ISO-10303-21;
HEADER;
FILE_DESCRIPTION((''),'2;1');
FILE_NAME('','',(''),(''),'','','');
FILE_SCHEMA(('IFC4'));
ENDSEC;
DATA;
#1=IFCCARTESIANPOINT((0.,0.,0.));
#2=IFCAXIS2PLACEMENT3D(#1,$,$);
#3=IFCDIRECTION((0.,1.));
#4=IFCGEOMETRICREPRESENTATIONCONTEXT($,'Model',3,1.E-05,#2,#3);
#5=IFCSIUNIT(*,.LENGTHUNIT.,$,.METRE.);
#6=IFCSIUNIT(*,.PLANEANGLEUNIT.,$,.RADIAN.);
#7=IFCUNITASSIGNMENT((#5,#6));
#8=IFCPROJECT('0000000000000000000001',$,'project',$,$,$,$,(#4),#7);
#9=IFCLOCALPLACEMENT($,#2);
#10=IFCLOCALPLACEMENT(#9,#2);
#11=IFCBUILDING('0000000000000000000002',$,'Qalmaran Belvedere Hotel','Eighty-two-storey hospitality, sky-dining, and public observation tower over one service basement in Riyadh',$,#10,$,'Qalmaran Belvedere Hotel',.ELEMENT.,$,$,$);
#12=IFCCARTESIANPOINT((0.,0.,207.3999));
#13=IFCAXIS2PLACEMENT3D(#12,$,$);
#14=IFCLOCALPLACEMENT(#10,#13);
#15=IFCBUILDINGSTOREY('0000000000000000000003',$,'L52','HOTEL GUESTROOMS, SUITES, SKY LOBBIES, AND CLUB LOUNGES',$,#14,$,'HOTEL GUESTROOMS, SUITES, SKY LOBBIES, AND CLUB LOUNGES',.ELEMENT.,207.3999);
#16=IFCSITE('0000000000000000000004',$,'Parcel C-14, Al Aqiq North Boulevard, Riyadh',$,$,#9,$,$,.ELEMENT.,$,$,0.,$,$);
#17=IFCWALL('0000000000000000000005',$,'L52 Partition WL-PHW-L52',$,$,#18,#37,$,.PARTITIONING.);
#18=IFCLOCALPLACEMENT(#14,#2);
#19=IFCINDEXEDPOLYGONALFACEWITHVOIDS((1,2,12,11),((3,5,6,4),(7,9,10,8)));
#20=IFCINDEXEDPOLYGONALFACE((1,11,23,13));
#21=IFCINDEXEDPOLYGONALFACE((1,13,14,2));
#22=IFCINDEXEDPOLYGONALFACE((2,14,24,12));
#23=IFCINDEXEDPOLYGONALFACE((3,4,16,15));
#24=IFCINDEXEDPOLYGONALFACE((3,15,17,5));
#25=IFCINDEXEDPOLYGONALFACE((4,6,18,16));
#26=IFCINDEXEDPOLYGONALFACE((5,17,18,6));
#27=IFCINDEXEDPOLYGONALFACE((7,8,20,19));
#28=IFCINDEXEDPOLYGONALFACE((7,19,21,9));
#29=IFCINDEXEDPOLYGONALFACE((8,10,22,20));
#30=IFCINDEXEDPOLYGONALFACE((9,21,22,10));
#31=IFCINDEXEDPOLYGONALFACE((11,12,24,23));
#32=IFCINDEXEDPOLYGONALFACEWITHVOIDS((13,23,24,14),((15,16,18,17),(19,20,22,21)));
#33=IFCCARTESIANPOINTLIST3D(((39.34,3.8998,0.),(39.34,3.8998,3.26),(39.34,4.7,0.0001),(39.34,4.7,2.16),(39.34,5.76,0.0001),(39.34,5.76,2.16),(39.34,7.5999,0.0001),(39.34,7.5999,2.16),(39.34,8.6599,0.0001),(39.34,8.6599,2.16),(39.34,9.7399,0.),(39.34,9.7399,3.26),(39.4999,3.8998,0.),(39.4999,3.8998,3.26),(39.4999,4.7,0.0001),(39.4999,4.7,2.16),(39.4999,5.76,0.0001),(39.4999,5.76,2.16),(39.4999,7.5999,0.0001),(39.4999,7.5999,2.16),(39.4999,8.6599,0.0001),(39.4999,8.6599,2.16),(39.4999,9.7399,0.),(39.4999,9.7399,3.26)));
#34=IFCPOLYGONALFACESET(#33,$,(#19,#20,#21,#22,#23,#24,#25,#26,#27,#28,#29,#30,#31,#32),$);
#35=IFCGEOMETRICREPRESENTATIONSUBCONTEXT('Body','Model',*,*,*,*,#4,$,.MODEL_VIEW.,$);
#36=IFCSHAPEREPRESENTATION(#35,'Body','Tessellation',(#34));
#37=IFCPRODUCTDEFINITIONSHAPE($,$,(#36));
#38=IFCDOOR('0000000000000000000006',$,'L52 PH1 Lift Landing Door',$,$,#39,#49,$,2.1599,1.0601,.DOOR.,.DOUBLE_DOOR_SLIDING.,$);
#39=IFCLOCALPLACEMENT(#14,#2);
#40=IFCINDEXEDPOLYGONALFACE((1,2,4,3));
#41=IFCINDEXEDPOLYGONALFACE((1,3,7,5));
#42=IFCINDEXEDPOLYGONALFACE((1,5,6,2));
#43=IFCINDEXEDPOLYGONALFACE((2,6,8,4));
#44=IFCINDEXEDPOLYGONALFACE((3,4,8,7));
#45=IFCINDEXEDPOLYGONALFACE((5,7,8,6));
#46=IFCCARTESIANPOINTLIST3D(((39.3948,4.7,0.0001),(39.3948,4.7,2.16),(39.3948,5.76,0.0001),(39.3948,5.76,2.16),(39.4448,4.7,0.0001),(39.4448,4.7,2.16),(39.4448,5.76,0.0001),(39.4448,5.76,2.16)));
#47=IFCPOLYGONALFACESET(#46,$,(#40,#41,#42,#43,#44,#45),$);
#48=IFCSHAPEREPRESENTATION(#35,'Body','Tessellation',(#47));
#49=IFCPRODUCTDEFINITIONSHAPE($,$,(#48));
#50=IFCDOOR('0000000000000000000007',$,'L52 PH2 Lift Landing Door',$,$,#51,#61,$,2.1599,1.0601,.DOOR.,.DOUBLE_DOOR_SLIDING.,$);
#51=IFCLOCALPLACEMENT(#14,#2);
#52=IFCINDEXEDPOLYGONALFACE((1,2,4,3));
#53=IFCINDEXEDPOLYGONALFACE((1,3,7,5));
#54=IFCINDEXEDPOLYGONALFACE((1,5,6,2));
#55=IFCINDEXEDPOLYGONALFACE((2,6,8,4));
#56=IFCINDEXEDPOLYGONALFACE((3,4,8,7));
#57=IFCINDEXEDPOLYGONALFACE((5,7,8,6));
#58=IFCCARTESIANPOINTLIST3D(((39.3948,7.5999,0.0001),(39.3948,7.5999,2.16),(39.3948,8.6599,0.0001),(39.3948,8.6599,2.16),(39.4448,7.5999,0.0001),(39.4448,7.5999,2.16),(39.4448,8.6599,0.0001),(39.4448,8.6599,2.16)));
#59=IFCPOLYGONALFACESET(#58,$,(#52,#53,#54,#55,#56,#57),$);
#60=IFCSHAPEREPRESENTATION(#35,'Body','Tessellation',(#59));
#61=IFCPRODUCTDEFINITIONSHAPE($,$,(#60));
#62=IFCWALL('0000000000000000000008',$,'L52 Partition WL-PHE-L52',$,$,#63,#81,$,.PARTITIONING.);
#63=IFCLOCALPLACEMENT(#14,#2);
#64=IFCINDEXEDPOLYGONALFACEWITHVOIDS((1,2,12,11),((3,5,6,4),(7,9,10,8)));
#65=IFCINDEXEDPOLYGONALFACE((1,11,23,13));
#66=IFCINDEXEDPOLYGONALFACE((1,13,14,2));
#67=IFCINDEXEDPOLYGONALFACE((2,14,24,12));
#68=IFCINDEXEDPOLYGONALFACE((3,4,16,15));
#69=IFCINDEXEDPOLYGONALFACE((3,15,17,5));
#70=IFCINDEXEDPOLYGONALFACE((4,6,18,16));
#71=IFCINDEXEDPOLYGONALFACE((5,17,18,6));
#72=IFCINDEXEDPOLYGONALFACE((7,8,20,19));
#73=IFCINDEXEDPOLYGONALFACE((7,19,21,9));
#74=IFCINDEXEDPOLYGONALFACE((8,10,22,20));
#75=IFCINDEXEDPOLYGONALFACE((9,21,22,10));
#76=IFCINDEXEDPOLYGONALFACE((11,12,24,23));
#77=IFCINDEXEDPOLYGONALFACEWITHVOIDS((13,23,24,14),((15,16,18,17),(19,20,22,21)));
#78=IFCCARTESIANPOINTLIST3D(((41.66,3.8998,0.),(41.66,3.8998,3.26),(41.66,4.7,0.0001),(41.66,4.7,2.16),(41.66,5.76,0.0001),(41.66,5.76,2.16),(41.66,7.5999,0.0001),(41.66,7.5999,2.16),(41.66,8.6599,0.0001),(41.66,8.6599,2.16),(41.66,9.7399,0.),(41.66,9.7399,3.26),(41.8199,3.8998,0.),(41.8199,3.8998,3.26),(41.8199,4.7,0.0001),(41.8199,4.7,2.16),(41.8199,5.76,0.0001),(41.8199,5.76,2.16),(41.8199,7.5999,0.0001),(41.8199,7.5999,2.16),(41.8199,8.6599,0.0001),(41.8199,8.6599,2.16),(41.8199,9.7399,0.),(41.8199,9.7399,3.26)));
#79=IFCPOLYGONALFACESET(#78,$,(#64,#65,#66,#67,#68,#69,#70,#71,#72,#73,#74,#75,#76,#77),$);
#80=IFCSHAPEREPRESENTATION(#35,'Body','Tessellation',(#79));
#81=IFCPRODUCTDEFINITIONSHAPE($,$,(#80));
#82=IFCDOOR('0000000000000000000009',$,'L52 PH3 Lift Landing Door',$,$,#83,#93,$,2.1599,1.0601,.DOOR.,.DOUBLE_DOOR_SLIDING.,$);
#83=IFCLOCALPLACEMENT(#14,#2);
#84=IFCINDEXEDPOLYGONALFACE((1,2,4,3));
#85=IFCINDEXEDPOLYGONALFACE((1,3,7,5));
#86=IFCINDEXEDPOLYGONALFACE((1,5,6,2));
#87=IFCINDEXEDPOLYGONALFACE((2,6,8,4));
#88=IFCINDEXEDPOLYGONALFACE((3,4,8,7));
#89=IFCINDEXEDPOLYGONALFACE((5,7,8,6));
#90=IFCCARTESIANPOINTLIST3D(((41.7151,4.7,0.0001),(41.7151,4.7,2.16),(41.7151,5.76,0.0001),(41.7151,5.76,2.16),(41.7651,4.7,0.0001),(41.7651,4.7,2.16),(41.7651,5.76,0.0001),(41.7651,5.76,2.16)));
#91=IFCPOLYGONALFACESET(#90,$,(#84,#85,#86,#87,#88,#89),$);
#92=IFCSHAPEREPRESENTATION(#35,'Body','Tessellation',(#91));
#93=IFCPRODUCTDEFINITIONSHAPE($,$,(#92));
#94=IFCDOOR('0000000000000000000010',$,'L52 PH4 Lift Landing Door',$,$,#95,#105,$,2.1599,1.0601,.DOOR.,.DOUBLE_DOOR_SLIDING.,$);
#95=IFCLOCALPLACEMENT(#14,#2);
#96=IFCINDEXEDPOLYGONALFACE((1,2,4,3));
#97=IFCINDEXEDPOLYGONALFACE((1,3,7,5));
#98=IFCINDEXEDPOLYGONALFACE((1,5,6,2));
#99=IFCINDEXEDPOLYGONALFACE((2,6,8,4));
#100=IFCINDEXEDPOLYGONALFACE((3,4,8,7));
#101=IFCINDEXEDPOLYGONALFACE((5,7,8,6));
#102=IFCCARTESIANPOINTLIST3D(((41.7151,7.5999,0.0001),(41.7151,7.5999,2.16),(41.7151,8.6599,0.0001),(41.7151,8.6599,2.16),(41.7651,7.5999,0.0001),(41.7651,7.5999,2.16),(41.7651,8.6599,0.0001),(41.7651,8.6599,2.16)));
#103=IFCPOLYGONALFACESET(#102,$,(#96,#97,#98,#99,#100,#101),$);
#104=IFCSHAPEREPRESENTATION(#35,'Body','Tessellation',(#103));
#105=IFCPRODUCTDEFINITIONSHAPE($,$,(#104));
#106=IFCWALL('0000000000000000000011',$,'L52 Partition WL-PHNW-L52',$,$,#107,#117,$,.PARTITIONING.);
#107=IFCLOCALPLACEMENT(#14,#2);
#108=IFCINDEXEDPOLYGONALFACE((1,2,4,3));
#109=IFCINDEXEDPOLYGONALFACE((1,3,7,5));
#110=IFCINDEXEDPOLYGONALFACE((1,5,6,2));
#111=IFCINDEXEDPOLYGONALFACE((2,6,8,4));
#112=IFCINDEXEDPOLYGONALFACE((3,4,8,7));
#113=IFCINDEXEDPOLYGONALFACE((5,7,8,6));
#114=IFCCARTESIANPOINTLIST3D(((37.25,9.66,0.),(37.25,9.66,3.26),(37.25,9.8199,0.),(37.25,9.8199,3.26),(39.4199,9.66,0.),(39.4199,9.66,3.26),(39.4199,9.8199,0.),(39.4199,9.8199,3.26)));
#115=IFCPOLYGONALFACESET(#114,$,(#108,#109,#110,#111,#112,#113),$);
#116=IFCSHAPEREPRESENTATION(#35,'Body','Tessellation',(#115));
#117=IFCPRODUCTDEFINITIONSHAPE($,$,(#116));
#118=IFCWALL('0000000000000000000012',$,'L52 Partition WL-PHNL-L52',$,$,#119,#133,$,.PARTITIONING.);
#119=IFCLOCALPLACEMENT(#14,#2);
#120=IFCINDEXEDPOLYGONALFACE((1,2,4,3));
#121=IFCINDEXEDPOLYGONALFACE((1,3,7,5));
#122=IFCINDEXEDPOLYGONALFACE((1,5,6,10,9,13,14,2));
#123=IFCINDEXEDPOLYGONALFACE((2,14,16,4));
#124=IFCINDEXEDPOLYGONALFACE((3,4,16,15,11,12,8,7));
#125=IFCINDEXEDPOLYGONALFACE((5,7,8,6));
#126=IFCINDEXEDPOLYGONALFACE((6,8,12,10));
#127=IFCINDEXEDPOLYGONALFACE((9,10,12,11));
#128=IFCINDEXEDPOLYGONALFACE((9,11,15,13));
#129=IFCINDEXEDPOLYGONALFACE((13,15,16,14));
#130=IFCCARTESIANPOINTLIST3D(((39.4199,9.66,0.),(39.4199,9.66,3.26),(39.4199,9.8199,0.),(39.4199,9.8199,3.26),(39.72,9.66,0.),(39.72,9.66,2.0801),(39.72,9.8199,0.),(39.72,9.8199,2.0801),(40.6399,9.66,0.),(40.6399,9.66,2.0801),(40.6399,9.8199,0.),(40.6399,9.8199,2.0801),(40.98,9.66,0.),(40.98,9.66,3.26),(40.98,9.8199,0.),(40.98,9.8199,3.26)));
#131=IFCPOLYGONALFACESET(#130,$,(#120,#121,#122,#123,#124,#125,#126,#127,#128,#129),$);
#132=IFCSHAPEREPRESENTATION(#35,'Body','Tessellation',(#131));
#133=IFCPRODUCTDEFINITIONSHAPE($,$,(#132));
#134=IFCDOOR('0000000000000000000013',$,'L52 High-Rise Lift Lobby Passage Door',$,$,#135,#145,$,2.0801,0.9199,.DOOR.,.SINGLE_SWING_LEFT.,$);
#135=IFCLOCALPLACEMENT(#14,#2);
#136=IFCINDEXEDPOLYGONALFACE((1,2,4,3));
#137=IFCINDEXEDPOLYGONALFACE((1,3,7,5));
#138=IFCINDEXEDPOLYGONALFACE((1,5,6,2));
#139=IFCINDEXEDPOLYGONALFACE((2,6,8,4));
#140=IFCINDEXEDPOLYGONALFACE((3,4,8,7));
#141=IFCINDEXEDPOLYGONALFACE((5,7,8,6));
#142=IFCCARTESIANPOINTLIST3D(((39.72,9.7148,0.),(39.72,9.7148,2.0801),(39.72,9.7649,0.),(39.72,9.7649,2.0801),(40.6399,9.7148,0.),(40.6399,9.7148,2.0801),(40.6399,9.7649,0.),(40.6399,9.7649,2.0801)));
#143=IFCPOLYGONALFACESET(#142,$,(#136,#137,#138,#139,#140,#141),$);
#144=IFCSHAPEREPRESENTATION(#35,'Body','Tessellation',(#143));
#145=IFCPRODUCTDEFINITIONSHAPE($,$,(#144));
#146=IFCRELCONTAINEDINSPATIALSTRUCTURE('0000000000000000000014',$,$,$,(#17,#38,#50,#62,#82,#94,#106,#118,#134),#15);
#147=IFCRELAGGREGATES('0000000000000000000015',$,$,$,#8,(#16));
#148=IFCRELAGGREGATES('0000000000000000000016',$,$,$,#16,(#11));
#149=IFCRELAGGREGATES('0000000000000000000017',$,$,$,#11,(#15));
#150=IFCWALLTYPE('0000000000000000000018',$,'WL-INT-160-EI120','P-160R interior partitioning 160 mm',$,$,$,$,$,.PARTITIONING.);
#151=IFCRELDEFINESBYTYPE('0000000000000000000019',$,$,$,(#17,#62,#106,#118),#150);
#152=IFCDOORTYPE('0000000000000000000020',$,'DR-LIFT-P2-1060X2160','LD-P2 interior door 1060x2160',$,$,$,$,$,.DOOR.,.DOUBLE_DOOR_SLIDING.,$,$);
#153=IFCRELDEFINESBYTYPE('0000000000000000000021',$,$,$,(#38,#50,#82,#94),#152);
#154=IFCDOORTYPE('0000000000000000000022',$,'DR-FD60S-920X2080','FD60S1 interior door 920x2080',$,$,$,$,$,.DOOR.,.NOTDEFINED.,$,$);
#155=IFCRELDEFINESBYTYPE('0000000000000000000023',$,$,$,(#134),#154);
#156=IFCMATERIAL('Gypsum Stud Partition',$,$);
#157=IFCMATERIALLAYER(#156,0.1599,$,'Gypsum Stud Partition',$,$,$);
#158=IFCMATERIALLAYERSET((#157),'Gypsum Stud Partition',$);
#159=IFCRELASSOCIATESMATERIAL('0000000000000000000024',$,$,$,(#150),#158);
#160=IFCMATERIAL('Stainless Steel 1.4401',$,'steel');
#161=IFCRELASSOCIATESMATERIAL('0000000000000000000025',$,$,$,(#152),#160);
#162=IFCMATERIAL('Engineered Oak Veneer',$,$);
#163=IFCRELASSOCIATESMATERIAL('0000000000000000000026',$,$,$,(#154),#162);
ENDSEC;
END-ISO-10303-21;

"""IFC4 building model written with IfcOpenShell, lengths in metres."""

from ifc_helpers import new_model, si_unit, direction, frame, frame_2d, origin, place, context, subcontext, project, spatial, rectangle, extrude, material, layer, layer_set, type_object, element, fill, save


model = new_model("IFC4")

# Units and contexts
model_context = context("Model", 3, precision=1e-05, world=origin(), true_north=direction((0.0, 1.0)))
body_context = subcontext(model_context, "Body", "Model", "MODEL_VIEW")
ifc_project = project(units=[si_unit("LENGTHUNIT", "METRE"), si_unit("PLANEANGLEUNIT", "RADIAN")], contexts=[model_context])

# Site, building, storey
site_placement = place(None, origin())
site = spatial("IfcSite", under=ifc_project, at=site_placement, Name="Parcel C-14, Al Aqiq North Boulevard, Riyadh", CompositionType="ELEMENT", RefElevation=0.0)
building_placement = place(site_placement, origin())
building = spatial("IfcBuilding", under=site, at=building_placement, Name="Qalmaran Belvedere Hotel", Description="Eighty-two-storey hospitality, sky-dining, and public observation tower over one service basement in Riyadh", LongName="Qalmaran Belvedere Hotel", CompositionType="ELEMENT")
storey_placement = place(building_placement, frame((0.0, 0.0, 207.3999)))
storey = spatial("IfcBuildingStorey", under=building, at=storey_placement, Name="L52", Description="HOTEL GUESTROOMS, SUITES, SKY LOBBIES, AND CLUB LOUNGES", LongName="HOTEL GUESTROOMS, SUITES, SKY LOBBIES, AND CLUB LOUNGES", CompositionType="ELEMENT", Elevation=207.3999)

# Shared definitions
ifc_material_1 = material(Name="Gypsum Stud Partition")

# Walls, openings, doors
ifc_layer_1 = layer(ifc_material_1, 0.1599, Name="Gypsum Stud Partition")
ifc_layer_set_1 = layer_set([ifc_layer_1], Name="Gypsum Stud Partition")
wall_type_1 = type_object("IfcWallType", Name="WL-INT-160-EI120", Description="P-160R interior partitioning 160 mm", PredefinedType="PARTITIONING", material=ifc_layer_set_1)
wall_1_placement = place(storey_placement, frame((39.4199, 3.8999, 0.0), z_axis=(0.0, 0.0, 1.0), x_axis=(0.0, 1.0, 0.0)))
wall_1 = element("IfcWall", 1, at=wall_1_placement, inside=storey, type_object=wall_type_1, Name="L52 Partition WL-PHW-L52", PredefinedType="PARTITIONING", context=body_context, shape_type="SweptSolid", body=[
    extrude(rectangle(XDim=5.8401, YDim=0.1599, at=frame_2d((2.9199, 0.0))), origin(), (0.0, 0.0, 1.0), 3.26),
])
opening_1_placement = place(wall_1_placement, frame((1.8601, 0.0, 0.0), z_axis=(0.0, 0.0, 1.0), x_axis=(-1.0, 0.0, 0.0)))
opening_1 = element("IfcOpeningElement", 2, at=opening_1_placement, cuts=wall_1, PredefinedType="OPENING", context=body_context, shape_type="SweptSolid", body=[
    extrude(rectangle(XDim=1.0601, YDim=2.1599, at=frame_2d((0.53, 1.0801))), frame((0.0, 0.0898, 0.0), z_axis=(0.0, -1.0, 0.0), x_axis=(1.0, 0.0, 0.0)), (0.0, 0.0, 1.0), 0.1799),
])
opening_2_placement = place(wall_1_placement, frame((4.76, 0.0, 0.0), z_axis=(0.0, 0.0, 1.0), x_axis=(-1.0, 0.0, 0.0)))
opening_2 = element("IfcOpeningElement", 3, at=opening_2_placement, cuts=wall_1, PredefinedType="OPENING", context=body_context, shape_type="SweptSolid", body=[
    extrude(rectangle(XDim=1.0601, YDim=2.1599, at=frame_2d((0.53, 1.0801))), frame((0.0, 0.0898, 0.0), z_axis=(0.0, -1.0, 0.0), x_axis=(1.0, 0.0, 0.0)), (0.0, 0.0, 1.0), 0.1799),
])
ifc_material_2 = material(Name="Stainless Steel 1.4401", Category="steel")
door_type_1 = type_object("IfcDoorType", Name="DR-LIFT-P2-1060X2160", Description="LD-P2 interior door 1060x2160", OperationType="DOUBLE_DOOR_SLIDING", PredefinedType="DOOR", material=ifc_material_2)
door_1_placement = place(opening_1_placement, origin())
door_1 = element("IfcDoor", 4, at=door_1_placement, inside=storey, type_object=door_type_1, Name="L52 PH1 Lift Landing Door", OperationType="DOUBLE_DOOR_SLIDING", OverallHeight=2.1599, OverallWidth=1.0601, PredefinedType="DOOR", context=body_context, shape_type="SweptSolid", body=[
    extrude(rectangle(XDim=1.0601, YDim=2.1599, at=frame_2d((0.53, 1.0801))), frame((0.0, 0.0249, 0.0), z_axis=(0.0, -1.0, 0.0), x_axis=(1.0, 0.0, 0.0)), (0.0, 0.0, 1.0), 0.05),
])
fill(opening_1, door_1)
door_2_placement = place(opening_2_placement, origin())
door_2 = element("IfcDoor", 5, at=door_2_placement, inside=storey, type_object=door_type_1, Name="L52 PH2 Lift Landing Door", OperationType="DOUBLE_DOOR_SLIDING", OverallHeight=2.1599, OverallWidth=1.0601, PredefinedType="DOOR", context=body_context, shape_type="SweptSolid", body=[
    extrude(rectangle(XDim=1.0601, YDim=2.1599, at=frame_2d((0.53, 1.0801))), frame((0.0, 0.0249, 0.0), z_axis=(0.0, -1.0, 0.0), x_axis=(1.0, 0.0, 0.0)), (0.0, 0.0, 1.0), 0.05),
])
fill(opening_2, door_2)
wall_2_placement = place(storey_placement, frame((41.74, 3.8999, 0.0), z_axis=(0.0, 0.0, 1.0), x_axis=(0.0, 1.0, 0.0)))
wall_2 = element("IfcWall", 6, at=wall_2_placement, inside=storey, type_object=wall_type_1, Name="L52 Partition WL-PHE-L52", PredefinedType="PARTITIONING", context=body_context, shape_type="SweptSolid", body=[
    extrude(rectangle(XDim=5.8401, YDim=0.1599, at=frame_2d((2.9199, 0.0))), origin(), (0.0, 0.0, 1.0), 3.26),
])
opening_3_placement = place(wall_2_placement, frame((0.8, 0.0, 0.0)))
opening_3 = element("IfcOpeningElement", 7, at=opening_3_placement, cuts=wall_2, PredefinedType="OPENING", context=body_context, shape_type="SweptSolid", body=[
    extrude(rectangle(XDim=1.0601, YDim=2.1599, at=frame_2d((0.53, 1.0801))), frame((0.0, 0.0898, 0.0), z_axis=(0.0, -1.0, 0.0), x_axis=(1.0, 0.0, 0.0)), (0.0, 0.0, 1.0), 0.1799),
])
opening_4_placement = place(wall_2_placement, frame((3.7, 0.0, 0.0)))
opening_4 = element("IfcOpeningElement", 8, at=opening_4_placement, cuts=wall_2, PredefinedType="OPENING", context=body_context, shape_type="SweptSolid", body=[
    extrude(rectangle(XDim=1.0601, YDim=2.1599, at=frame_2d((0.53, 1.0801))), frame((0.0, 0.0898, 0.0), z_axis=(0.0, -1.0, 0.0), x_axis=(1.0, 0.0, 0.0)), (0.0, 0.0, 1.0), 0.1799),
])
door_3_placement = place(opening_3_placement, origin())
door_3 = element("IfcDoor", 9, at=door_3_placement, inside=storey, type_object=door_type_1, Name="L52 PH3 Lift Landing Door", OperationType="DOUBLE_DOOR_SLIDING", OverallHeight=2.1599, OverallWidth=1.0601, PredefinedType="DOOR", context=body_context, shape_type="SweptSolid", body=[
    extrude(rectangle(XDim=1.0601, YDim=2.1599, at=frame_2d((0.53, 1.0801))), frame((0.0, 0.0249, 0.0), z_axis=(0.0, -1.0, 0.0), x_axis=(1.0, 0.0, 0.0)), (0.0, 0.0, 1.0), 0.05),
])
fill(opening_3, door_3)
door_4_placement = place(opening_4_placement, origin())
door_4 = element("IfcDoor", 10, at=door_4_placement, inside=storey, type_object=door_type_1, Name="L52 PH4 Lift Landing Door", OperationType="DOUBLE_DOOR_SLIDING", OverallHeight=2.1599, OverallWidth=1.0601, PredefinedType="DOOR", context=body_context, shape_type="SweptSolid", body=[
    extrude(rectangle(XDim=1.0601, YDim=2.1599, at=frame_2d((0.53, 1.0801))), frame((0.0, 0.0249, 0.0), z_axis=(0.0, -1.0, 0.0), x_axis=(1.0, 0.0, 0.0)), (0.0, 0.0, 1.0), 0.05),
])
fill(opening_4, door_4)

# Wall
wall_3_placement = place(storey_placement, frame((37.25, 9.74, 0.0), z_axis=(0.0, 0.0, 1.0), x_axis=(1.0, 0.0, 0.0)))
element("IfcWall", 11, at=wall_3_placement, inside=storey, type_object=wall_type_1, Name="L52 Partition WL-PHNW-L52", PredefinedType="PARTITIONING", context=body_context, shape_type="SweptSolid", body=[
    extrude(rectangle(XDim=2.1699, YDim=0.1599, at=frame_2d((1.085, 0.0))), origin(), (0.0, 0.0, 1.0), 3.26),
])

# Wall, opening, door
wall_4_placement = place(storey_placement, frame((39.4199, 9.74, 0.0), z_axis=(0.0, 0.0, 1.0), x_axis=(1.0, 0.0, 0.0)))
wall_4 = element("IfcWall", 12, at=wall_4_placement, inside=storey, type_object=wall_type_1, Name="L52 Partition WL-PHNL-L52", PredefinedType="PARTITIONING", context=body_context, shape_type="SweptSolid", body=[
    extrude(rectangle(XDim=1.5601, YDim=0.1599, at=frame_2d((0.78, 0.0))), origin(), (0.0, 0.0, 1.0), 3.26),
])
opening_5_placement = place(wall_4_placement, frame((0.3, 0.0, 0.0)))
opening_5 = element("IfcOpeningElement", 13, at=opening_5_placement, cuts=wall_4, PredefinedType="OPENING", context=body_context, shape_type="SweptSolid", body=[
    extrude(rectangle(XDim=0.9199, YDim=2.0801, at=frame_2d((0.46, 1.04))), frame((0.0, 0.0898, 0.0), z_axis=(0.0, -1.0, 0.0), x_axis=(1.0, 0.0, 0.0)), (0.0, 0.0, 1.0), 0.1799),
])
ifc_material_3 = material(Name="Engineered Oak Veneer")
door_type_2 = type_object("IfcDoorType", Name="DR-FD60S-920X2080", Description="FD60S1 interior door 920x2080", OperationType="NOTDEFINED", PredefinedType="DOOR", material=ifc_material_3)
door_5_placement = place(opening_5_placement, origin())
door_5 = element("IfcDoor", 14, at=door_5_placement, inside=storey, type_object=door_type_2, Name="L52 High-Rise Lift Lobby Passage Door", OperationType="SINGLE_SWING_LEFT", OverallHeight=2.0801, OverallWidth=0.9199, PredefinedType="DOOR", context=body_context, shape_type="SweptSolid", body=[
    extrude(rectangle(XDim=0.9199, YDim=2.0801, at=frame_2d((0.46, 1.04))), frame((0.0, 0.0249, 0.0), z_axis=(0.0, -1.0, 0.0), x_axis=(1.0, 0.0, 0.0)), (0.0, 0.0, 1.0), 0.05),
])
fill(opening_5, door_5)

save(model, "model.ifc")
